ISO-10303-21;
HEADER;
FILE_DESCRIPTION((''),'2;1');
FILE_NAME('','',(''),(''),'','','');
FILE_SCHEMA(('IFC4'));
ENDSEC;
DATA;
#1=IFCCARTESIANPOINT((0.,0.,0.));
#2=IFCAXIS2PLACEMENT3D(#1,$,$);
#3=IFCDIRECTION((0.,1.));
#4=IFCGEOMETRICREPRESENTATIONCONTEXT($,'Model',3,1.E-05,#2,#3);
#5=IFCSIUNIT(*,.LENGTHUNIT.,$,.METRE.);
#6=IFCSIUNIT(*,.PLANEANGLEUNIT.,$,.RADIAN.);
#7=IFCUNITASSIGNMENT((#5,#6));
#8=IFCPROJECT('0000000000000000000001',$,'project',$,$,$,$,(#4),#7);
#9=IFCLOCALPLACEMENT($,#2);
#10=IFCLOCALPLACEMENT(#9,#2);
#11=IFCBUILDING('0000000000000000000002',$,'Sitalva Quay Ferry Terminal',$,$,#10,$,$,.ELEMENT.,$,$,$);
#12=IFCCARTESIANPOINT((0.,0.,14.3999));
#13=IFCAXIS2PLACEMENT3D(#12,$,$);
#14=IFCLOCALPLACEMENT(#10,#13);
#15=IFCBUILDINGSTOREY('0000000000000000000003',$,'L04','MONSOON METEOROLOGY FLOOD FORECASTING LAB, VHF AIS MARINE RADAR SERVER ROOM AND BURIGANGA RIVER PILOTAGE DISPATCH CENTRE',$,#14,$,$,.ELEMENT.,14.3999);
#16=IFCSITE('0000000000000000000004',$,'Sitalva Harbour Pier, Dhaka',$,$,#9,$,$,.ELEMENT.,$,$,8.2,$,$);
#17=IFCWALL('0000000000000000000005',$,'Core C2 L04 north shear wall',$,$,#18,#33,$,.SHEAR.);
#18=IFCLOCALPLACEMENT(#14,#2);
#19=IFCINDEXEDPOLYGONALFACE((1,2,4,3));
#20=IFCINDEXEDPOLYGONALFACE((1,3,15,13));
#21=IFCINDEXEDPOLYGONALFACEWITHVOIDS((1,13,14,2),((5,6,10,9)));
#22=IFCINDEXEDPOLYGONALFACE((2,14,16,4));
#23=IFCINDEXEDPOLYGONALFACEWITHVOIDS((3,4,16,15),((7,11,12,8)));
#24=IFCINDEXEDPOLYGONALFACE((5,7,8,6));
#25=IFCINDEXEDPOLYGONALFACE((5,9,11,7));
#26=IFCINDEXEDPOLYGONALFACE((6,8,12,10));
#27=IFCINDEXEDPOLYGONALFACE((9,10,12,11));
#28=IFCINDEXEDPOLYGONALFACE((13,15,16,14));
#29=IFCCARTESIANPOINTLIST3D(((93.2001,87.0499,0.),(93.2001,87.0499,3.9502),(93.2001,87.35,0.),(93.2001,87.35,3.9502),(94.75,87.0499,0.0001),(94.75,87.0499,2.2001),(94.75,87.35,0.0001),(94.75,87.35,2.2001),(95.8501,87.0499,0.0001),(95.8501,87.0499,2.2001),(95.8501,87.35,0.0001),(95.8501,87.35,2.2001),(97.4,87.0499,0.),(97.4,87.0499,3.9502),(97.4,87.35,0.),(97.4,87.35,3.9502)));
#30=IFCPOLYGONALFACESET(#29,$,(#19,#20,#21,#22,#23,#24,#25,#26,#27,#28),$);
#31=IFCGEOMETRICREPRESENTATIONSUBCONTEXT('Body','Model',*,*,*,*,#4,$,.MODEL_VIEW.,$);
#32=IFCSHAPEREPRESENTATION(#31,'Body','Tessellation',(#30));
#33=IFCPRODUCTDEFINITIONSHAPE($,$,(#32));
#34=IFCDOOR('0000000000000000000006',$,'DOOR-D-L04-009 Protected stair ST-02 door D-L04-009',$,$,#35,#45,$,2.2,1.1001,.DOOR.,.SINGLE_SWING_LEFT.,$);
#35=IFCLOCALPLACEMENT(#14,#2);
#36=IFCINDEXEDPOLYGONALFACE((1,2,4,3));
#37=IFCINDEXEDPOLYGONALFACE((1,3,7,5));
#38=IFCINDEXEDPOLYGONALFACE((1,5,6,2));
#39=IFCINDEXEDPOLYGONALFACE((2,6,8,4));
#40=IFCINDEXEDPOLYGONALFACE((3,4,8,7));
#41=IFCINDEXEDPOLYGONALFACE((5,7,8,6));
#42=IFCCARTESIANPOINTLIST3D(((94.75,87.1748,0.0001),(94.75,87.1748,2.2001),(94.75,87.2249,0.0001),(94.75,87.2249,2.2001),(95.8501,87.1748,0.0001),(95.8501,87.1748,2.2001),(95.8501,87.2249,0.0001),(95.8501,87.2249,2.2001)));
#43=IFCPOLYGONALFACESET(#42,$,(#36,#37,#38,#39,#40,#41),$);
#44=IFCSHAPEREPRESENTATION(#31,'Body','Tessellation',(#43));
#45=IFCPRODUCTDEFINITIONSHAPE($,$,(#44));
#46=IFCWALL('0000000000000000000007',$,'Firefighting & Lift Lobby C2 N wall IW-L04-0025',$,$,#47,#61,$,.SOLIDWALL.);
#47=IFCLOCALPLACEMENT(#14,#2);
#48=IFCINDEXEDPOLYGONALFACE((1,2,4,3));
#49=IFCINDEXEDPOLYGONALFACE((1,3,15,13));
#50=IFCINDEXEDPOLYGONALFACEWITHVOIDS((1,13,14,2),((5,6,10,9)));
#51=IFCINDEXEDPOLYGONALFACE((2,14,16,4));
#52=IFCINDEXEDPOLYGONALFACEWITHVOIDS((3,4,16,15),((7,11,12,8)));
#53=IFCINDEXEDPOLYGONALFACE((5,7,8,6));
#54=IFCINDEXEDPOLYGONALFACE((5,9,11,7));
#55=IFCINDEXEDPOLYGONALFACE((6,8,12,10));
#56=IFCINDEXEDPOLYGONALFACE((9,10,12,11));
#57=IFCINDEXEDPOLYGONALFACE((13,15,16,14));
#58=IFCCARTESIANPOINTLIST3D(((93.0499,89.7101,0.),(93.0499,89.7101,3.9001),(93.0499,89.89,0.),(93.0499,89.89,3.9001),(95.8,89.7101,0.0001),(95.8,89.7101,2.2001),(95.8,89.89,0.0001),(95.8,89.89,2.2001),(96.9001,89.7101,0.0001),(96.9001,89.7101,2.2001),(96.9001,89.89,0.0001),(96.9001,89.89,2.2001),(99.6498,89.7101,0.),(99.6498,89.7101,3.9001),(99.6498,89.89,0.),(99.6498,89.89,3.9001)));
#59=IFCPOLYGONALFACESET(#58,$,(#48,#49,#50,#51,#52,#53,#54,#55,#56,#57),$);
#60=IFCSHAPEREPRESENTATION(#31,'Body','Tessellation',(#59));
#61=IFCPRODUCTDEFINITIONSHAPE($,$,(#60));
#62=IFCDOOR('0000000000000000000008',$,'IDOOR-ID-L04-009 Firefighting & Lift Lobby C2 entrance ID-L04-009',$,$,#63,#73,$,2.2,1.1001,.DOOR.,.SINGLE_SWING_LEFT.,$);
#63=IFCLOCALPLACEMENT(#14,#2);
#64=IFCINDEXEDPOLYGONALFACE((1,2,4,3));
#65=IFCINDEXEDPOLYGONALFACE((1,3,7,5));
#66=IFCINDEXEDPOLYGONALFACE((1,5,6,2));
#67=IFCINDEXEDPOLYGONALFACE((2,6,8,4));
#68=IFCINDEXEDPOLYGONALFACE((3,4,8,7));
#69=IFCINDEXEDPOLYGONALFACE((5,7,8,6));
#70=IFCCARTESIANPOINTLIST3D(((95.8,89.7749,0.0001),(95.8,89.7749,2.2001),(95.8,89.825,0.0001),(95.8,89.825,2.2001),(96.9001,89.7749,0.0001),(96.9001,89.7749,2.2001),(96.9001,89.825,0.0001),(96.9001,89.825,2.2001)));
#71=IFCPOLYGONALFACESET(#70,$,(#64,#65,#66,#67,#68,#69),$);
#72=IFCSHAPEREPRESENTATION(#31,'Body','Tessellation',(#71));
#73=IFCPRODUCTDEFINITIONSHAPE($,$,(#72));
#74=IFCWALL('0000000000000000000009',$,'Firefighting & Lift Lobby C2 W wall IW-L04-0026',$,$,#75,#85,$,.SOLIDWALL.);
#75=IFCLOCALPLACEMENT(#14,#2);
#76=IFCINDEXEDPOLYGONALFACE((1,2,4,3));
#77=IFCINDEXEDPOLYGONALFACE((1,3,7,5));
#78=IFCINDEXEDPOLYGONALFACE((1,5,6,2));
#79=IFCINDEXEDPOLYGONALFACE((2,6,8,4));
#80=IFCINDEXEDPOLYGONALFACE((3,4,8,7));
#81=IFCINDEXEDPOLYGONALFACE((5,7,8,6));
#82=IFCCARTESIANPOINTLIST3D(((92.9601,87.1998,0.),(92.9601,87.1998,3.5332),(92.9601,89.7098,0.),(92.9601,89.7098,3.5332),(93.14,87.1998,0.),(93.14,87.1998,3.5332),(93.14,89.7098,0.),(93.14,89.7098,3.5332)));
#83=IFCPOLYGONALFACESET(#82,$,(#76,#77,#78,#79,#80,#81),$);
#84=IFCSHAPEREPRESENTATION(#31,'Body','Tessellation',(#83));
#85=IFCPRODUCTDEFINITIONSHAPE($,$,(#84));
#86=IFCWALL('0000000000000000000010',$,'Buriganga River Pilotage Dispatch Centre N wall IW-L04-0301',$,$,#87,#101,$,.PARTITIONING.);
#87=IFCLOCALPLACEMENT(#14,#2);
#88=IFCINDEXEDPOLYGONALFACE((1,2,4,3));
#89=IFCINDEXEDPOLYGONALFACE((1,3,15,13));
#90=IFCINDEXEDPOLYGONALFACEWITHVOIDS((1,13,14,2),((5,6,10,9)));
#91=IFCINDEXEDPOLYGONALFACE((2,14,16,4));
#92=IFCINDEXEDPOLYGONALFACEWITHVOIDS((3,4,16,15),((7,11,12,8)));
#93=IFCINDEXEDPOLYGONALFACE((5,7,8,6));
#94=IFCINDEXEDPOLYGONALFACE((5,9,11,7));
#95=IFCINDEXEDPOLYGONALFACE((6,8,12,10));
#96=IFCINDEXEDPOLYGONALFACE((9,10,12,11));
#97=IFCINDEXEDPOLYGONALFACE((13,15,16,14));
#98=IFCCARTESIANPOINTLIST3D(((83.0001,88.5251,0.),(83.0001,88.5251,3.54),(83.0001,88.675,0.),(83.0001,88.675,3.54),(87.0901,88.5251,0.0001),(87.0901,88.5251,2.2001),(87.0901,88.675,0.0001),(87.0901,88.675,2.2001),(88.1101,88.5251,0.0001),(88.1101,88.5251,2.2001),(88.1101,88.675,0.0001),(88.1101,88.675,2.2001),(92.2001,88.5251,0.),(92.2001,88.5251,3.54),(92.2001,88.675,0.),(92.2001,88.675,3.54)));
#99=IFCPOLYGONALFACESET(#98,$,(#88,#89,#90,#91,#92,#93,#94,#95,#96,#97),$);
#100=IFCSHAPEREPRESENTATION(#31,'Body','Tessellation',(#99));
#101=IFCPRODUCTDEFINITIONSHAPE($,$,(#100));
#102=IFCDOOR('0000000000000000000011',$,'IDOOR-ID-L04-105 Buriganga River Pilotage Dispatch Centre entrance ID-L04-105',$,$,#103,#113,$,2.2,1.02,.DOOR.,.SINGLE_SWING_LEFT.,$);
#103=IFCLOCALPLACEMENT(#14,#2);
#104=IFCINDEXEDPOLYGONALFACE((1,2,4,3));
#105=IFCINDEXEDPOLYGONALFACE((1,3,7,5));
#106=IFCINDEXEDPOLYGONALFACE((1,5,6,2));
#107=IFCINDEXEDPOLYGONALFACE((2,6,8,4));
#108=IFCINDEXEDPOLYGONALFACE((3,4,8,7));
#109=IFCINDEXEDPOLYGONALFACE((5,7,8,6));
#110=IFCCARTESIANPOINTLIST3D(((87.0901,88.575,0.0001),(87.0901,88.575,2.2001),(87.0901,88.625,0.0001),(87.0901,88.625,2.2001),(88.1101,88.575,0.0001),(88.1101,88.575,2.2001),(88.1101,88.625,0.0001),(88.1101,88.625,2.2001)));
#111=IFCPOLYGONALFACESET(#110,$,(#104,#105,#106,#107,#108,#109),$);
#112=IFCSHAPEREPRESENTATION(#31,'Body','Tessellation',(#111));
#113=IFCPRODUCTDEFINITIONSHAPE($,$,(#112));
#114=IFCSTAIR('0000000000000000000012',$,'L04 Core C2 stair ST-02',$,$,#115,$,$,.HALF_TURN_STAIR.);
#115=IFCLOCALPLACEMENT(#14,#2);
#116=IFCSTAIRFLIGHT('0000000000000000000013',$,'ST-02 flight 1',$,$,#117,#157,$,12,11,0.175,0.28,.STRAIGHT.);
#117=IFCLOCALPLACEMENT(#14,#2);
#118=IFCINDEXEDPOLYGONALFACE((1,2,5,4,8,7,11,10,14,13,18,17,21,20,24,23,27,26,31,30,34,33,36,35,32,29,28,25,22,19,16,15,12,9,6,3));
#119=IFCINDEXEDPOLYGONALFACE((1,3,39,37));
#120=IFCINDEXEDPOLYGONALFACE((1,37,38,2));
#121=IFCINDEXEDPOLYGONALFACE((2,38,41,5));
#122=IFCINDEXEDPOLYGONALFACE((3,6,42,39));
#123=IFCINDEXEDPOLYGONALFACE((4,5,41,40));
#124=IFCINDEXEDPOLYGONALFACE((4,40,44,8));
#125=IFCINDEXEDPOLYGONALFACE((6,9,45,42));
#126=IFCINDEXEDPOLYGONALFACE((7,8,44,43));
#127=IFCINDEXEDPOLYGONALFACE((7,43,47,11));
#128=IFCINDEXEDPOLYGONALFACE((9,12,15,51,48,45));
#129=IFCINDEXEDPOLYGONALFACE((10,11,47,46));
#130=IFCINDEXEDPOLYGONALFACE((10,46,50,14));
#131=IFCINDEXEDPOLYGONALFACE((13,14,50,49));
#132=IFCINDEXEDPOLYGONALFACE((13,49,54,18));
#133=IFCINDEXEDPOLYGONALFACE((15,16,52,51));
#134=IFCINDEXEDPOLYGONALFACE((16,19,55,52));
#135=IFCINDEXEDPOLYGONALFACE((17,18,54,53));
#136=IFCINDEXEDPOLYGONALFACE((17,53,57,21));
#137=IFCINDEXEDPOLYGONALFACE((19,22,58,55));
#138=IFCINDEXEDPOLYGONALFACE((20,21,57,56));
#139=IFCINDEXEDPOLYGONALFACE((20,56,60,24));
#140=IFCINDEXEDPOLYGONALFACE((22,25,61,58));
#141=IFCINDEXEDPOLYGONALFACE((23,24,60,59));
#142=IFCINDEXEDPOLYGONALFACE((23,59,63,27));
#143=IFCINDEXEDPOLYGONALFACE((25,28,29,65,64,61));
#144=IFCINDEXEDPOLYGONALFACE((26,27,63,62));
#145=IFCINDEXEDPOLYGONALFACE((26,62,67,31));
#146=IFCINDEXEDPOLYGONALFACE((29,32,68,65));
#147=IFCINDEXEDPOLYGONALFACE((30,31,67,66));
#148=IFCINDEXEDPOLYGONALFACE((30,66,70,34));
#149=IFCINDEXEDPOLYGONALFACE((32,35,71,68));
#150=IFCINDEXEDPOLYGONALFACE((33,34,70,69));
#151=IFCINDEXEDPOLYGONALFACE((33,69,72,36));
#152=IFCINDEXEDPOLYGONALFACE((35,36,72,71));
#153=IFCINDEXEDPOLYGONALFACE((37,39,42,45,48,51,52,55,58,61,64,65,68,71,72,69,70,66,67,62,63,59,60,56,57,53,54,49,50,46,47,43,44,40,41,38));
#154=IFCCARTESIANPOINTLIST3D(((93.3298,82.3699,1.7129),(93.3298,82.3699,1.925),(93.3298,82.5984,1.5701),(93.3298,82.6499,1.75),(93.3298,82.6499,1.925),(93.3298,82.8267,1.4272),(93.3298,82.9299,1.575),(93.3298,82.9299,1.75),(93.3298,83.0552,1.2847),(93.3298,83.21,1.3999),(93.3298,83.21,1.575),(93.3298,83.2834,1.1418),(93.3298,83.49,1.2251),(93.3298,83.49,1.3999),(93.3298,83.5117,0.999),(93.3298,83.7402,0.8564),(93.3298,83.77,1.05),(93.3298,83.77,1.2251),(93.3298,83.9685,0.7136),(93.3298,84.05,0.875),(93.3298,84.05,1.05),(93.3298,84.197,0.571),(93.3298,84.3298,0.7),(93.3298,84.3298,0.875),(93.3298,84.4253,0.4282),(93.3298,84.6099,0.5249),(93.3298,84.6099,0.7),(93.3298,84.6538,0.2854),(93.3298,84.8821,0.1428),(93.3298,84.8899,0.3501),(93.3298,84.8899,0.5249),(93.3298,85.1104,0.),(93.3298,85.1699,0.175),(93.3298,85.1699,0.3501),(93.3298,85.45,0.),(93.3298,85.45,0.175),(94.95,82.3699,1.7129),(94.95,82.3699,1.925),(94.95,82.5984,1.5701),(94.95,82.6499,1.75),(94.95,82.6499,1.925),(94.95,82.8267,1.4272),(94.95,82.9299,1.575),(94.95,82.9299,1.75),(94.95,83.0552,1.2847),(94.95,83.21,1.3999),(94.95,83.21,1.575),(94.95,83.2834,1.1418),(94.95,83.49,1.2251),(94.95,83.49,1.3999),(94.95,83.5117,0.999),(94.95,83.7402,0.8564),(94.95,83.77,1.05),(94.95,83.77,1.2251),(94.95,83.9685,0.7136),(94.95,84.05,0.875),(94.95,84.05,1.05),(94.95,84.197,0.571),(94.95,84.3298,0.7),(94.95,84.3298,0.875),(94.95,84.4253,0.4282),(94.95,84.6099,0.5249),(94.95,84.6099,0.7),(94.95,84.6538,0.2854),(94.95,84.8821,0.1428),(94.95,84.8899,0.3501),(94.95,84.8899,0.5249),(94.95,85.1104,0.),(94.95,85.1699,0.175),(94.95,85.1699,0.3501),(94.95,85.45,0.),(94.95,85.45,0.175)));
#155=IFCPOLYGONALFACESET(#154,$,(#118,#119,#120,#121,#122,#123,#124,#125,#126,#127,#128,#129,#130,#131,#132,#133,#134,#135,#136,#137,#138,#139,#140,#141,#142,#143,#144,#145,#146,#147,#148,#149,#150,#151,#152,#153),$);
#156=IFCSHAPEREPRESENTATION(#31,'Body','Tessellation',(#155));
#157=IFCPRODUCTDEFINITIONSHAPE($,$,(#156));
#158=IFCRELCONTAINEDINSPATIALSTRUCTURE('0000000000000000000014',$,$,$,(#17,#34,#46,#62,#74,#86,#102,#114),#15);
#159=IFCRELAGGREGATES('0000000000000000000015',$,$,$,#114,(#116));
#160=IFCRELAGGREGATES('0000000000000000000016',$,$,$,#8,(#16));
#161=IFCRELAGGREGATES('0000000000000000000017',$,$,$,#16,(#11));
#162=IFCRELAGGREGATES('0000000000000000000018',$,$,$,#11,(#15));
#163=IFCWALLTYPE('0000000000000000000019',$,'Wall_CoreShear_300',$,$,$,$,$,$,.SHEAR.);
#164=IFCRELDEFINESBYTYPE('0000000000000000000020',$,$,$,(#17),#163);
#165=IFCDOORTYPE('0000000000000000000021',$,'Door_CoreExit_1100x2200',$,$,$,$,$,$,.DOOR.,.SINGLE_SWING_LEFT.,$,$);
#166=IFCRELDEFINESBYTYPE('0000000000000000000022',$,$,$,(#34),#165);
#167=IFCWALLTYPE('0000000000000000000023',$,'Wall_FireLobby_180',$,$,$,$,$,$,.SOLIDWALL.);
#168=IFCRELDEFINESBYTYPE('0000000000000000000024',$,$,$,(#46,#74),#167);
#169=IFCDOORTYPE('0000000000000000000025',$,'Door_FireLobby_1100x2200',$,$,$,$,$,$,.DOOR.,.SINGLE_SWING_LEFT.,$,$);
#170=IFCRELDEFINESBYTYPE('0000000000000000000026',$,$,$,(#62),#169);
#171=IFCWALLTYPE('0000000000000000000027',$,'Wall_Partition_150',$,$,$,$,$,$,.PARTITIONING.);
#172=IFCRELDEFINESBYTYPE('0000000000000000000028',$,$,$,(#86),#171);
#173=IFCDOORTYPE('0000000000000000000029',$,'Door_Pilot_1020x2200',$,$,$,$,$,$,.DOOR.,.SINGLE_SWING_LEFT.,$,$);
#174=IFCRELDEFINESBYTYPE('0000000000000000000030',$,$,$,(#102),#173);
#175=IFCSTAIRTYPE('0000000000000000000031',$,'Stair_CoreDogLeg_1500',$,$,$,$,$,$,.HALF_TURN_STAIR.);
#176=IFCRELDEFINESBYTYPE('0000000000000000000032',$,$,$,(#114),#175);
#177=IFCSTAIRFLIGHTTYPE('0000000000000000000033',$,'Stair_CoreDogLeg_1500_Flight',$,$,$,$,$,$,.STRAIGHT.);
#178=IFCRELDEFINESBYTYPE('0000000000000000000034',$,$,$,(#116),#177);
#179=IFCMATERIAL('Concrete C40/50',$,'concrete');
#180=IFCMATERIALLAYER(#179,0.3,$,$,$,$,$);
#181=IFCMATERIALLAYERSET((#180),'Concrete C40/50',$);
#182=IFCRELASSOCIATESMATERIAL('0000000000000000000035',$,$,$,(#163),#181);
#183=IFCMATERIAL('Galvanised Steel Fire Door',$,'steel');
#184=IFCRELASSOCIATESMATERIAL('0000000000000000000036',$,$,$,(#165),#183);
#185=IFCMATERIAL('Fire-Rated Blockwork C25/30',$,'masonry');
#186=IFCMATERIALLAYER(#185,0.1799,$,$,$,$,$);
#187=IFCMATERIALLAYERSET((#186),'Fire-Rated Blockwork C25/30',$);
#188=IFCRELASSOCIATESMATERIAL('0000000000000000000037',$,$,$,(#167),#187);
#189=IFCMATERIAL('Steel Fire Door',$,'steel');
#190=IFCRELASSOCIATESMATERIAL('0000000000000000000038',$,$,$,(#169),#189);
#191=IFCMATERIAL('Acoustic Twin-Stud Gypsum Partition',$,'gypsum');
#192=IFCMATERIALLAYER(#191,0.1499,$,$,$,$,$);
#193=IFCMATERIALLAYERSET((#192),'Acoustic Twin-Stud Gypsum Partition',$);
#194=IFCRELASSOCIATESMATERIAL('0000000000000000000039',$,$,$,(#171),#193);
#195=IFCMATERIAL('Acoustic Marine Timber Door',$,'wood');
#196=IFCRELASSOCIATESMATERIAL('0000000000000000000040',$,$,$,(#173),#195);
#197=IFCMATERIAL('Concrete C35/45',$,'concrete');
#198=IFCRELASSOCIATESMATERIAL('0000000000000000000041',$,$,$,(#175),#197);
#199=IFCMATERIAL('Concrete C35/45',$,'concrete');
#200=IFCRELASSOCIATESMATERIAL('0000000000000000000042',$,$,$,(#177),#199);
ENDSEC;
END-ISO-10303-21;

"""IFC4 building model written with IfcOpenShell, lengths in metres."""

from ifc_helpers import new_model, si_unit, direction, frame, frame_2d, origin, place, context, subcontext, project, spatial, polyline, rectangle, outline, extrude, material, layer, layer_set, type_object, element, fill, aggregate, save


model = new_model("IFC4")

# Units and contexts
model_context = context("Model", 3, precision=1e-05, world=origin(), true_north=direction((0.0, 1.0)))
body_context = subcontext(model_context, "Body", "Model", "MODEL_VIEW")
ifc_project = project(units=[si_unit("LENGTHUNIT", "METRE"), si_unit("PLANEANGLEUNIT", "RADIAN")], contexts=[model_context])

# Site, building, storey
site_placement = place(None, origin())
site = spatial("IfcSite", under=ifc_project, at=site_placement, Name="Sitalva Harbour Pier, Dhaka", CompositionType="ELEMENT", RefElevation=8.2)
building_placement = place(site_placement, origin())
building = spatial("IfcBuilding", under=site, at=building_placement, Name="Sitalva Quay Ferry Terminal", CompositionType="ELEMENT")
storey_placement = place(building_placement, frame((0.0, 0.0, 14.3999)))
storey = spatial("IfcBuildingStorey", under=building, at=storey_placement, Name="L04", Description="MONSOON METEOROLOGY FLOOD FORECASTING LAB, VHF AIS MARINE RADAR SERVER ROOM AND BURIGANGA RIVER PILOTAGE DISPATCH CENTRE", CompositionType="ELEMENT", Elevation=14.3999)

# Walls, openings, doors
ifc_material_1 = material(Name="Concrete C40/50", Category="concrete")
ifc_layer_1 = layer(ifc_material_1, 0.3)
ifc_layer_set_1 = layer_set([ifc_layer_1], Name="Concrete C40/50")
wall_type_1 = type_object("IfcWallType", Name="Wall_CoreShear_300", PredefinedType="SHEAR", material=ifc_layer_set_1)
wall_1_placement = place(storey_placement, frame((93.2, 87.2, 0.0), z_axis=(0.0, 0.0, 1.0), x_axis=(1.0, 0.0, 0.0)))
wall_1 = element("IfcWall", 1, at=wall_1_placement, inside=storey, type_object=wall_type_1, Name="Core C2 L04 north shear wall", PredefinedType="SHEAR", context=body_context, shape_type="SweptSolid", body=[
    extrude(rectangle(XDim=4.2, YDim=0.3, at=frame_2d((2.1001, 0.0))), origin(), (0.0, 0.0, 1.0), 3.9502),
])
opening_1_placement = place(wall_1_placement, frame((1.55, 0.0, 0.0)))
opening_1 = element("IfcOpeningElement", 2, at=opening_1_placement, cuts=wall_1, PredefinedType="OPENING", context=body_context, shape_type="SweptSolid", body=[
    extrude(rectangle(XDim=1.1001, YDim=2.2, at=frame_2d((0.55, 1.1001))), frame((0.0, 0.1599, 0.0), z_axis=(0.0, -1.0, 0.0), x_axis=(1.0, 0.0, 0.0)), (0.0, 0.0, 1.0), 0.3201),
])
ifc_material_2 = material(Name="Galvanised Steel Fire Door", Category="steel")
door_type_1 = type_object("IfcDoorType", Name="Door_CoreExit_1100x2200", OperationType="SINGLE_SWING_LEFT", PredefinedType="DOOR", material=ifc_material_2)
door_1_placement = place(opening_1_placement, origin())
door_1 = element("IfcDoor", 3, at=door_1_placement, inside=storey, type_object=door_type_1, Name="DOOR-D-L04-009 Protected stair ST-02 door D-L04-009", OperationType="SINGLE_SWING_LEFT", OverallHeight=2.2, OverallWidth=1.1001, PredefinedType="DOOR", context=body_context, shape_type="SweptSolid", body=[
    extrude(rectangle(XDim=1.1001, YDim=2.2, at=frame_2d((0.55, 1.1001))), frame((0.0, 0.0249, 0.0), z_axis=(0.0, -1.0, 0.0), x_axis=(1.0, 0.0, 0.0)), (0.0, 0.0, 1.0), 0.05),
])
fill(opening_1, door_1)
ifc_material_3 = material(Name="Fire-Rated Blockwork C25/30", Category="masonry")
ifc_layer_2 = layer(ifc_material_3, 0.1799)
ifc_layer_set_2 = layer_set([ifc_layer_2], Name="Fire-Rated Blockwork C25/30")
wall_type_2 = type_object("IfcWallType", Name="Wall_FireLobby_180", PredefinedType="SOLIDWALL", material=ifc_layer_set_2)
wall_2_placement = place(storey_placement, frame((93.05, 89.8, 0.0), z_axis=(0.0, 0.0, 1.0), x_axis=(1.0, 0.0, 0.0)))
wall_2 = element("IfcWall", 4, at=wall_2_placement, inside=storey, type_object=wall_type_2, Name="Firefighting & Lift Lobby C2 N wall IW-L04-0025", PredefinedType="SOLIDWALL", context=body_context, shape_type="SweptSolid", body=[
    extrude(rectangle(XDim=6.5999, YDim=0.1799, at=frame_2d((3.2998, 0.0))), origin(), (0.0, 0.0, 1.0), 3.9001),
])
opening_2_placement = place(wall_2_placement, frame((2.75, 0.0, 0.0)))
opening_2 = element("IfcOpeningElement", 5, at=opening_2_placement, cuts=wall_2, PredefinedType="OPENING", context=body_context, shape_type="SweptSolid", body=[
    extrude(rectangle(XDim=1.1001, YDim=2.2, at=frame_2d((0.55, 1.1001))), frame((0.0, 0.0999, 0.0), z_axis=(0.0, -1.0, 0.0), x_axis=(1.0, 0.0, 0.0)), (0.0, 0.0, 1.0), 0.2),
])
ifc_material_4 = material(Name="Steel Fire Door", Category="steel")
door_type_2 = type_object("IfcDoorType", Name="Door_FireLobby_1100x2200", OperationType="SINGLE_SWING_LEFT", PredefinedType="DOOR", material=ifc_material_4)
door_2_placement = place(opening_2_placement, origin())
door_2 = element("IfcDoor", 6, at=door_2_placement, inside=storey, type_object=door_type_2, Name="IDOOR-ID-L04-009 Firefighting & Lift Lobby C2 entrance ID-L04-009", OperationType="SINGLE_SWING_LEFT", OverallHeight=2.2, OverallWidth=1.1001, PredefinedType="DOOR", context=body_context, shape_type="SweptSolid", body=[
    extrude(rectangle(XDim=1.1001, YDim=2.2, at=frame_2d((0.55, 1.1001))), frame((0.0, 0.0249, 0.0), z_axis=(0.0, -1.0, 0.0), x_axis=(1.0, 0.0, 0.0)), (0.0, 0.0, 1.0), 0.05),
])
fill(opening_2, door_2)

# Wall
wall_3_placement = place(storey_placement, frame((93.05, 87.2, 0.0), z_axis=(0.0, 0.0, 1.0), x_axis=(0.0, 1.0, 0.0)))
element("IfcWall", 7, at=wall_3_placement, inside=storey, type_object=wall_type_2, Name="Firefighting & Lift Lobby C2 W wall IW-L04-0026", PredefinedType="SOLIDWALL", context=body_context, shape_type="SweptSolid", body=[
    extrude(rectangle(XDim=2.51, YDim=0.1799, at=frame_2d((1.2549, 0.0))), origin(), (0.0, 0.0, 1.0), 3.5332),
])

# Wall, opening, door
ifc_material_5 = material(Name="Acoustic Twin-Stud Gypsum Partition", Category="gypsum")
ifc_layer_3 = layer(ifc_material_5, 0.1499)
ifc_layer_set_3 = layer_set([ifc_layer_3], Name="Acoustic Twin-Stud Gypsum Partition")
wall_type_3 = type_object("IfcWallType", Name="Wall_Partition_150", PredefinedType="PARTITIONING", material=ifc_layer_set_3)
wall_4_placement = place(storey_placement, frame((83.0, 88.6001, 0.0), z_axis=(0.0, 0.0, 1.0), x_axis=(1.0, 0.0, 0.0)))
wall_4 = element("IfcWall", 8, at=wall_4_placement, inside=storey, type_object=wall_type_3, Name="Buriganga River Pilotage Dispatch Centre N wall IW-L04-0301", PredefinedType="PARTITIONING", context=body_context, shape_type="SweptSolid", body=[
    extrude(rectangle(XDim=9.2, YDim=0.1499, at=frame_2d((4.6001, 0.0))), origin(), (0.0, 0.0, 1.0), 3.54),
])
opening_3_placement = place(wall_4_placement, frame((4.0901, 0.0, 0.0)))
opening_3 = element("IfcOpeningElement", 9, at=opening_3_placement, cuts=wall_4, PredefinedType="OPENING", context=body_context, shape_type="SweptSolid", body=[
    extrude(rectangle(XDim=1.02, YDim=2.2, at=frame_2d((0.51, 1.1001))), frame((0.0, 0.085, 0.0), z_axis=(0.0, -1.0, 0.0), x_axis=(1.0, 0.0, 0.0)), (0.0, 0.0, 1.0), 0.1699),
])
ifc_material_6 = material(Name="Acoustic Marine Timber Door", Category="wood")
door_type_3 = type_object("IfcDoorType", Name="Door_Pilot_1020x2200", OperationType="SINGLE_SWING_LEFT", PredefinedType="DOOR", material=ifc_material_6)
door_3_placement = place(opening_3_placement, origin())
door_3 = element("IfcDoor", 10, at=door_3_placement, inside=storey, type_object=door_type_3, Name="IDOOR-ID-L04-105 Buriganga River Pilotage Dispatch Centre entrance ID-L04-105", OperationType="SINGLE_SWING_LEFT", OverallHeight=2.2, OverallWidth=1.02, PredefinedType="DOOR", context=body_context, shape_type="SweptSolid", body=[
    extrude(rectangle(XDim=1.02, YDim=2.2, at=frame_2d((0.51, 1.1001))), frame((0.0, 0.0249, 0.0), z_axis=(0.0, -1.0, 0.0), x_axis=(1.0, 0.0, 0.0)), (0.0, 0.0, 1.0), 0.05),
])
fill(opening_3, door_3)

# Stair, stair flight
ifc_material_7 = material(Name="Concrete C35/45", Category="concrete")
stair_type = type_object("IfcStairType", Name="Stair_CoreDogLeg_1500", PredefinedType="HALF_TURN_STAIR", material=ifc_material_7)
stair_placement = place(storey_placement, origin())
stair = element("IfcStair", 11, at=stair_placement, inside=storey, type_object=stair_type, Name="L04 Core C2 stair ST-02", PredefinedType="HALF_TURN_STAIR")
ifc_material_8 = material(Name="Concrete C35/45", Category="concrete")
stair_flight_type = type_object("IfcStairFlightType", Name="Stair_CoreDogLeg_1500_Flight", PredefinedType="STRAIGHT", material=ifc_material_8)
stair_flight_placement = place(storey_placement, frame((94.1399, 85.45, 0.0), z_axis=(0.0, 0.0, 1.0), x_axis=(0.0, -1.0, 0.0)))
stair_flight = element("IfcStairFlight", 12, at=stair_flight_placement, type_object=stair_flight_type, Name="ST-02 flight 1", NumberOfRisers=12, NumberOfTreads=11, PredefinedType="STRAIGHT", RiserHeight=0.175, TreadLength=0.28, context=body_context, shape_type="SweptSolid", body=[
    extrude(outline(polyline([(0.0, 0.0), (0.0, 0.175), (0.28, 0.175), (0.28, 0.3501), (0.5601, 0.3501), (0.5601, 0.5249), (0.8401, 0.5249), (0.8401, 0.7), (1.1201, 0.7), (1.1201, 0.875), (1.3999, 0.875), (1.3999, 1.05), (1.6799, 1.05), (1.6799, 1.2251), (1.96, 1.2251), (1.96, 1.3999), (2.24, 1.3999), (2.24, 1.575), (2.52, 1.575), (2.52, 1.75), (2.8, 1.75), (2.8, 1.925), (3.0801, 1.925), (3.0801, 2.1001), (3.0801, 1.7129), (2.8516, 1.5701), (2.6233, 1.4272), (2.3948, 1.2847), (2.1665, 1.1418), (1.9382, 0.999), (1.7097, 0.8564), (1.4814, 0.7136), (1.2529, 0.571), (1.0247, 0.4282), (0.7961, 0.2854), (0.5679, 0.1428), (0.3396, 0.0), (0.0, 0.0)])), frame((0.0, 0.8101, 0.0), z_axis=(0.0, -1.0, 0.0), x_axis=(1.0, 0.0, 0.0)), (0.0, 0.0, 1.0), 1.6201),
])
aggregate(stair, [stair_flight])

save(model, "model.ifc")
